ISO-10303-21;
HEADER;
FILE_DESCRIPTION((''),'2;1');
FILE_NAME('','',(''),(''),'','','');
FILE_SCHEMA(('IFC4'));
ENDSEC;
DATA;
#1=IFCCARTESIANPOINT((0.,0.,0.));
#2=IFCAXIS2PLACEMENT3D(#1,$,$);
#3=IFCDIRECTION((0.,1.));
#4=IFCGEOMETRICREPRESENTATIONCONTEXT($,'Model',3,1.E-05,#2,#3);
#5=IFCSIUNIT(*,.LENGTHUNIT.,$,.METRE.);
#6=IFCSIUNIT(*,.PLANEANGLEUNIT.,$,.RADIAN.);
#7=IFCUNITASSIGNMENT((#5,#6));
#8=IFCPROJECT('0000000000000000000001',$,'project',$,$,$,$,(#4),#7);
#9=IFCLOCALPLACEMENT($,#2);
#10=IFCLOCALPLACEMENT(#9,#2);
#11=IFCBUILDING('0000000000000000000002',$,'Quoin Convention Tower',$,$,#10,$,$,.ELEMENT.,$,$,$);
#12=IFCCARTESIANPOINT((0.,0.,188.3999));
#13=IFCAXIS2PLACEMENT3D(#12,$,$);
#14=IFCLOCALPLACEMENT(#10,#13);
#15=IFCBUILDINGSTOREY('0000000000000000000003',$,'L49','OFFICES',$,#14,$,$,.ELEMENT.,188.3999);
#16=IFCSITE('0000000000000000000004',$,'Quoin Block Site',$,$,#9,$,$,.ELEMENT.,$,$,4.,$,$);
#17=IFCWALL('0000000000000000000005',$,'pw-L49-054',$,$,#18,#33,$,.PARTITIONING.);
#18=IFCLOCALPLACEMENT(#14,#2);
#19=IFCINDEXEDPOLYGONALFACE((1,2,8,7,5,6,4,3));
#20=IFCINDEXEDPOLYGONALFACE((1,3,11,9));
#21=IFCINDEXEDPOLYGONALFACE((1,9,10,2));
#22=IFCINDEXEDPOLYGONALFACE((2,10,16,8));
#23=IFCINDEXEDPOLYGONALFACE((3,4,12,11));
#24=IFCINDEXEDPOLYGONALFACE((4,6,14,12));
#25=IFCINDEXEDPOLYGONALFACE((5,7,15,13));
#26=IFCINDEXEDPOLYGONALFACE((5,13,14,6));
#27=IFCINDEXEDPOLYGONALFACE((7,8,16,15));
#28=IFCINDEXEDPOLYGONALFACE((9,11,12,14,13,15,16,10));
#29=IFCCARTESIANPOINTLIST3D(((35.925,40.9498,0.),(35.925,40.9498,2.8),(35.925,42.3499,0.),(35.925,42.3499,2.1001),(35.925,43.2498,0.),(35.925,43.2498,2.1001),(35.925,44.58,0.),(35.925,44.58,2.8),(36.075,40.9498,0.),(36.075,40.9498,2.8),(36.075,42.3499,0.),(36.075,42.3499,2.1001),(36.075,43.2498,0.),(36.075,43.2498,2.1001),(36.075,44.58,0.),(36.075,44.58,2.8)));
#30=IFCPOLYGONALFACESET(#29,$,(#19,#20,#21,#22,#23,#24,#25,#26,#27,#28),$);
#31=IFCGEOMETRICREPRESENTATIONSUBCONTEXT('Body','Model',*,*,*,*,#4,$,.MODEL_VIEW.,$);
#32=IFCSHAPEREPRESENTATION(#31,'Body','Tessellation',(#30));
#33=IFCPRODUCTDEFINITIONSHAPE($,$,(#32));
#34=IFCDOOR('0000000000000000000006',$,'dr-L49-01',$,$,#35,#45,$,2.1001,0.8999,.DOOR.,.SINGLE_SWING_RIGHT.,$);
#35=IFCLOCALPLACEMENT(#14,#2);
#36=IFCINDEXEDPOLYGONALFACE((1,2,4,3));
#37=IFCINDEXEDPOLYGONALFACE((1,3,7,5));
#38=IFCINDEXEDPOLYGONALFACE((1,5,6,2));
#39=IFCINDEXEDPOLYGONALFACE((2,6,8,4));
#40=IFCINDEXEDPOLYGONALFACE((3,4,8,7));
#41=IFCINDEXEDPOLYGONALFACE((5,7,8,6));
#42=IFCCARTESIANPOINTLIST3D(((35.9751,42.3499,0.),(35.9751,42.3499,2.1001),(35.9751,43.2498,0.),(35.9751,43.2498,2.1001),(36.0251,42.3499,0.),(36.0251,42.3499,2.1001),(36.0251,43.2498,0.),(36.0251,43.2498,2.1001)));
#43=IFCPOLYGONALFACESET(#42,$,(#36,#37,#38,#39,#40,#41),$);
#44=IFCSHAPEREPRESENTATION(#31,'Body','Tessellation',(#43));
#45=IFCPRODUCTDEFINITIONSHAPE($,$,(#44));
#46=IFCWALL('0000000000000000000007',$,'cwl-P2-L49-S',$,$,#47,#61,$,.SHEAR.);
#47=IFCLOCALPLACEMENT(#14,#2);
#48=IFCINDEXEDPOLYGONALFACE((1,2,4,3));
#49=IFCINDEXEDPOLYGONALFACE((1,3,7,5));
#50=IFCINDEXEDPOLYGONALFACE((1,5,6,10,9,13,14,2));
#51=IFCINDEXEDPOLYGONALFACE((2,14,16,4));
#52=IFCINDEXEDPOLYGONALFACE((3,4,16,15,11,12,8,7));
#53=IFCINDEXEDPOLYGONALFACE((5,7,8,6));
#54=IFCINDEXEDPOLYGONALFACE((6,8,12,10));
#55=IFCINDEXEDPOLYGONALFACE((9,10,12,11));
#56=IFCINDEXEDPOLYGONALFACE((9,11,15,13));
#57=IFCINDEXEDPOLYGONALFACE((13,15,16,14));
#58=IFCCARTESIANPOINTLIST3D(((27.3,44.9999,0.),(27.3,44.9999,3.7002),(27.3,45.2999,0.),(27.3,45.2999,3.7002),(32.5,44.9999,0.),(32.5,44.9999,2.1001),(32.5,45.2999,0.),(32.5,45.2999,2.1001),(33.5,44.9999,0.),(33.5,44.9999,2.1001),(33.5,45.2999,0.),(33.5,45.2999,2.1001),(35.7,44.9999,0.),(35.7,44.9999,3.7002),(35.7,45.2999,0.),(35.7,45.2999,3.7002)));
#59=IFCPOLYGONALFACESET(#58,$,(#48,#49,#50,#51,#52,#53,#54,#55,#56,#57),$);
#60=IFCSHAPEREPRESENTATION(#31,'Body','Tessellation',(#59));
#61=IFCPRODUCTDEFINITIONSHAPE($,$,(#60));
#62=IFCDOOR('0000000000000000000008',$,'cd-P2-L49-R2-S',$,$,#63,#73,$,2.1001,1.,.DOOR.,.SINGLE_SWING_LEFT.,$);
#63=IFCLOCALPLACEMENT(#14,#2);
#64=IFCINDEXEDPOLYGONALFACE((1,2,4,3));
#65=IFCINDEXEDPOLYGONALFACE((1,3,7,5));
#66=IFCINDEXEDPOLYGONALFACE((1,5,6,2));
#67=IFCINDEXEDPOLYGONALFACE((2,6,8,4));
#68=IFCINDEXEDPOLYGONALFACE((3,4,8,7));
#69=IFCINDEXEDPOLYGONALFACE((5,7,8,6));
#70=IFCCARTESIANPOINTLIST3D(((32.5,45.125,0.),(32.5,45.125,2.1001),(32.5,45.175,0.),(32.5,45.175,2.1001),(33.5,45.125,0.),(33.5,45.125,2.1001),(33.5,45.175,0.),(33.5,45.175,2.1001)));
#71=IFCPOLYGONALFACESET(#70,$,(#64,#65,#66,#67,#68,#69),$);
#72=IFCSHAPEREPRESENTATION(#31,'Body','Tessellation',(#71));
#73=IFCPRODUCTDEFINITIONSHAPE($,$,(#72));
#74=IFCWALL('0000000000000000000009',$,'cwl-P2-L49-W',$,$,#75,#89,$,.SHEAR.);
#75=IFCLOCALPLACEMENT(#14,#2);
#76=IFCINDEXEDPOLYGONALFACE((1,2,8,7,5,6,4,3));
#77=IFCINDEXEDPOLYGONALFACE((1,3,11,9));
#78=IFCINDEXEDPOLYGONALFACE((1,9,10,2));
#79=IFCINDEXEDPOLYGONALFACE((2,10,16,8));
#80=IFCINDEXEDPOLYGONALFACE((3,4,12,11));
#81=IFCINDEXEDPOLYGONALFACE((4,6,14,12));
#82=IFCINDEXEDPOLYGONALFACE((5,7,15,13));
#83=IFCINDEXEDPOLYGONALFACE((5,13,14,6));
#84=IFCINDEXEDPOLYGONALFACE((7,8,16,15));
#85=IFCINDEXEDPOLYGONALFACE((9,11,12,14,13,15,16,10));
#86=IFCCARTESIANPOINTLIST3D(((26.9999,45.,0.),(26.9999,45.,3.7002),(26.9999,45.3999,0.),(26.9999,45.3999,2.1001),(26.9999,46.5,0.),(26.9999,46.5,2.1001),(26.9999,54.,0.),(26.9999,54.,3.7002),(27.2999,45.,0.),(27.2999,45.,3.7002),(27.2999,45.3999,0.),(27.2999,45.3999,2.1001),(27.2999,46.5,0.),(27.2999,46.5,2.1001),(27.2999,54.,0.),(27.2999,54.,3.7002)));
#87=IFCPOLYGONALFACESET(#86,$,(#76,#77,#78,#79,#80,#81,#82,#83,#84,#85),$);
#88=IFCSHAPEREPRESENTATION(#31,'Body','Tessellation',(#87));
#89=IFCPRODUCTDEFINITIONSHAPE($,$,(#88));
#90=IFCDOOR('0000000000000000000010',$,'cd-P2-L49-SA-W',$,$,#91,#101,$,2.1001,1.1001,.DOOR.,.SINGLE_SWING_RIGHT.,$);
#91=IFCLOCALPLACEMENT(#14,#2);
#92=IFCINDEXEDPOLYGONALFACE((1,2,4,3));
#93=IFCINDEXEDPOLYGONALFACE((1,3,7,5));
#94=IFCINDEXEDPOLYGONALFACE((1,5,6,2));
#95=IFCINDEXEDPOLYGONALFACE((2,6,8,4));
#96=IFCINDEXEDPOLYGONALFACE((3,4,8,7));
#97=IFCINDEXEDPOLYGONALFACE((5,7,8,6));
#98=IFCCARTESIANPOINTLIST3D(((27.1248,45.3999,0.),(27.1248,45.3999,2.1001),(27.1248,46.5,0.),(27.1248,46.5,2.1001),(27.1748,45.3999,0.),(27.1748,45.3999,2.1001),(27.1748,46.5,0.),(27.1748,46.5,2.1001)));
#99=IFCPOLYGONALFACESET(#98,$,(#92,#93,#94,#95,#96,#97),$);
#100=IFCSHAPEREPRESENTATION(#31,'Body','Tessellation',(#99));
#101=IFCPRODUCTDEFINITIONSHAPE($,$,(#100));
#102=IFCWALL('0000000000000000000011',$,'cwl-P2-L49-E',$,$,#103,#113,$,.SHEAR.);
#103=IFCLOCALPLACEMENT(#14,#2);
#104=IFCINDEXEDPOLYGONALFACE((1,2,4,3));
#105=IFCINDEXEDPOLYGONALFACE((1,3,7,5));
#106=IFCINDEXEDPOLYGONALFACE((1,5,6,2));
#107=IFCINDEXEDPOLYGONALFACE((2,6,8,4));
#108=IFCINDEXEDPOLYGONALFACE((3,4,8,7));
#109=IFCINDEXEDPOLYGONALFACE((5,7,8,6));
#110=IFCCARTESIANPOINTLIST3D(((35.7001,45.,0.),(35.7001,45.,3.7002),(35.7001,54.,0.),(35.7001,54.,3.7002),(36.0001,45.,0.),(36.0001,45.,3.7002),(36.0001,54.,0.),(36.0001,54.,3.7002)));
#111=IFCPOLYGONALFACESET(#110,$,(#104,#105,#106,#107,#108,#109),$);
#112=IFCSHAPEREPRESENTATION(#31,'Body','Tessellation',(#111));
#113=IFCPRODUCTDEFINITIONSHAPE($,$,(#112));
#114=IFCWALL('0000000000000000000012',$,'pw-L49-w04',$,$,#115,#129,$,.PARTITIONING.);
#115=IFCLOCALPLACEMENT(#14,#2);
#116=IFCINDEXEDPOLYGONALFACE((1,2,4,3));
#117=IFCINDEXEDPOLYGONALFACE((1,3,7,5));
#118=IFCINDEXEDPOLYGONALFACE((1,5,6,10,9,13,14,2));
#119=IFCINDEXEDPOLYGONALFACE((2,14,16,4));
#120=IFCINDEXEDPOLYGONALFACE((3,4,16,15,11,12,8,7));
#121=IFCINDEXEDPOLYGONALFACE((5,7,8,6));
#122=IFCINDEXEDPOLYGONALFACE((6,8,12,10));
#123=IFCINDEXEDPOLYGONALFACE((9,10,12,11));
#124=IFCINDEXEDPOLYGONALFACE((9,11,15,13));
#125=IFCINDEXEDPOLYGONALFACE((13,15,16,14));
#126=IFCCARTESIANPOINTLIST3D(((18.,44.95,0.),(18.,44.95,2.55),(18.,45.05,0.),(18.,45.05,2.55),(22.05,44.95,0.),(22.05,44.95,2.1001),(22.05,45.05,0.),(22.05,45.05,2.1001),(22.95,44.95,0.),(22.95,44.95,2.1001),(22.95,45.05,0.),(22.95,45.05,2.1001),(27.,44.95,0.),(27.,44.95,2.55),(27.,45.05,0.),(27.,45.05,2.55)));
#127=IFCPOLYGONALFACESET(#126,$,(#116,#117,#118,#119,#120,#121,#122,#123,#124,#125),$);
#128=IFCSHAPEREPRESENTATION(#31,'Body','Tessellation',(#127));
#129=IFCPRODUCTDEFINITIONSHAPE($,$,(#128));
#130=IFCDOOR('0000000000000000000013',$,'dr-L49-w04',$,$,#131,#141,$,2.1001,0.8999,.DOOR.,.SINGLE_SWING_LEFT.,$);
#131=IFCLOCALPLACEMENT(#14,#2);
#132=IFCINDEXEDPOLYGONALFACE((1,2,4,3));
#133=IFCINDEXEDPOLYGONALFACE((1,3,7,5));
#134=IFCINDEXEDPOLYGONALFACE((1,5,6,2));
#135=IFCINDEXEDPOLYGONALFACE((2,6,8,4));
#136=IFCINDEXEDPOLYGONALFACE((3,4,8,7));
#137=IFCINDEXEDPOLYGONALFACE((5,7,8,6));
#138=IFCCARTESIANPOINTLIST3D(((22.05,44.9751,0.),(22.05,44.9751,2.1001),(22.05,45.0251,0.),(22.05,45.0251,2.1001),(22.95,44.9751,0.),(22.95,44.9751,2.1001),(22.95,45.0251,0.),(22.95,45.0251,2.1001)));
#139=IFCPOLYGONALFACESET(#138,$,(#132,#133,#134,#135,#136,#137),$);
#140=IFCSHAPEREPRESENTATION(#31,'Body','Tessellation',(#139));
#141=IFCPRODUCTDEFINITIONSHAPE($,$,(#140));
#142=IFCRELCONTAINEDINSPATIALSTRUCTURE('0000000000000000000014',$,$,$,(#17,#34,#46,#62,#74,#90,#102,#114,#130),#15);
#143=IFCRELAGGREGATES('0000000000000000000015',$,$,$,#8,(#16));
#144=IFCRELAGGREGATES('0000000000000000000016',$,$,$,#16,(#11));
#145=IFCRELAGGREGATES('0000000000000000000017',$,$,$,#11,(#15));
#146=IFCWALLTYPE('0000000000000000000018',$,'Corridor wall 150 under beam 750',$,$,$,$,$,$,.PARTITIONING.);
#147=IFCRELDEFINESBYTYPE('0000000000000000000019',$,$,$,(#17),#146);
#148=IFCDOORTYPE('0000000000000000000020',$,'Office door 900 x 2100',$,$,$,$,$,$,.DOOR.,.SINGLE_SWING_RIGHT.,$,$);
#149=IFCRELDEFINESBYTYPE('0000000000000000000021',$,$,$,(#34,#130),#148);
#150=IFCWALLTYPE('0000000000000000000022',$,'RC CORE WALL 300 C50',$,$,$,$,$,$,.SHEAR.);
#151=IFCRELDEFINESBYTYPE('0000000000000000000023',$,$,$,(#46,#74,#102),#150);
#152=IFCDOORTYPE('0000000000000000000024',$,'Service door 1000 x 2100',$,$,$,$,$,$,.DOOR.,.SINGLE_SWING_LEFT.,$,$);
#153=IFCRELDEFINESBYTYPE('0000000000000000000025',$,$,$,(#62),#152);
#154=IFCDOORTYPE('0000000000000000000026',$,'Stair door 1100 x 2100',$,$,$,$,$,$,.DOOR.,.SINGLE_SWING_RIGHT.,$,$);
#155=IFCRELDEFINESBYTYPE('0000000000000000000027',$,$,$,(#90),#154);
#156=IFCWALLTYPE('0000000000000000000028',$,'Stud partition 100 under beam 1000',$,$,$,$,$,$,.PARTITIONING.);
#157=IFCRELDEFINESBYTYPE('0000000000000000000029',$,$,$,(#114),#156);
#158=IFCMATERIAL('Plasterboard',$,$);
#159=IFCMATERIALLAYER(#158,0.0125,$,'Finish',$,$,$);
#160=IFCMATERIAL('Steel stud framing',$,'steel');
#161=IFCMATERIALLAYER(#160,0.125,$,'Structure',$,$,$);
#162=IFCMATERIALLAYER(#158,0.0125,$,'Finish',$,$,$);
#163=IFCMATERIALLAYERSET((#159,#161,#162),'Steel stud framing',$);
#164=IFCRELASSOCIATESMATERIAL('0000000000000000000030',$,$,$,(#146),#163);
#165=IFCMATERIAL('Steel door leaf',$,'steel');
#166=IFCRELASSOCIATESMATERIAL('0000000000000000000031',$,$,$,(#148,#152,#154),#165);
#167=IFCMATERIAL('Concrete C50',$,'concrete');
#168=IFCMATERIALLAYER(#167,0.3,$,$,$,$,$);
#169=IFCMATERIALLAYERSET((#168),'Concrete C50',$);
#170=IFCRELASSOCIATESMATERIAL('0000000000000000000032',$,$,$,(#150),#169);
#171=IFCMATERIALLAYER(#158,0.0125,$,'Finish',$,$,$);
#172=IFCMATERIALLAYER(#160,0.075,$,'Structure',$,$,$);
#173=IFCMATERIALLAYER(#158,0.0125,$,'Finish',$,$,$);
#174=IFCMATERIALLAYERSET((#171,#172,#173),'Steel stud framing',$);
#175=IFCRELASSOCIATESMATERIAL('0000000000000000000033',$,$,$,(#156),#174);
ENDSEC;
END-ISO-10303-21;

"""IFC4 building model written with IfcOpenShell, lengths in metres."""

from ifc_helpers import new_model, si_unit, direction, frame, frame_2d, origin, place, context, subcontext, project, spatial, rectangle, extrude, material, layer, layer_set, type_object, element, fill, save


model = new_model("IFC4")

# Units and contexts
model_context = context("Model", 3, precision=1e-05, world=origin(), true_north=direction((0.0, 1.0)))
body_context = subcontext(model_context, "Body", "Model", "MODEL_VIEW")
ifc_project = project(units=[si_unit("LENGTHUNIT", "METRE"), si_unit("PLANEANGLEUNIT", "RADIAN")], contexts=[model_context])

# Site, building, storey
site_placement = place(None, origin())
site = spatial("IfcSite", under=ifc_project, at=site_placement, Name="Quoin Block Site", CompositionType="ELEMENT", RefElevation=4.0)
building_placement = place(site_placement, origin())
building = spatial("IfcBuilding", under=site, at=building_placement, Name="Quoin Convention Tower", CompositionType="ELEMENT")
storey_placement = place(building_placement, frame((0.0, 0.0, 188.3999)))
storey = spatial("IfcBuildingStorey", under=building, at=storey_placement, Name="L49", Description="OFFICES", CompositionType="ELEMENT", Elevation=188.3999)

# Shared definitions
ifc_material_1 = material(Name="Concrete C50", Category="concrete")

# Walls, openings, doors
ifc_material_2 = material(Name="Plasterboard")
ifc_layer_1 = layer(ifc_material_2, 0.0125, Name="Finish")
ifc_material_3 = material(Name="Steel stud framing", Category="steel")
ifc_layer_2 = layer(ifc_material_3, 0.125, Name="Structure")
ifc_layer_3 = layer(ifc_material_2, 0.0125, Name="Finish")
ifc_layer_set_1 = layer_set([ifc_layer_1, ifc_layer_2, ifc_layer_3], Name="Steel stud framing")
wall_type_1 = type_object("IfcWallType", Name="Corridor wall 150 under beam 750", PredefinedType="PARTITIONING", material=ifc_layer_set_1)
wall_1_placement = place(storey_placement, frame((36.0, 40.95, 0.0), z_axis=(0.0, 0.0, 1.0), x_axis=(0.0, 1.0, 0.0)))
wall_1 = element("IfcWall", 1, at=wall_1_placement, inside=storey, type_object=wall_type_1, Name="pw-L49-054", PredefinedType="PARTITIONING", context=body_context, shape_type="SweptSolid", body=[
    extrude(rectangle(XDim=3.6301, YDim=0.1499, at=frame_2d((1.8149, 0.0))), origin(), (0.0, 0.0, 1.0), 2.8),
])
opening_1_placement = place(wall_1_placement, frame((1.3999, 0.0, 0.0)))
opening_1 = element("IfcOpeningElement", 2, at=opening_1_placement, cuts=wall_1, PredefinedType="OPENING", context=body_context, shape_type="SweptSolid", body=[
    extrude(rectangle(XDim=0.8999, YDim=2.1001, at=frame_2d((0.45, 1.05))), frame((0.0, 0.085, 0.0), z_axis=(0.0, -1.0, 0.0), x_axis=(1.0, 0.0, 0.0)), (0.0, 0.0, 1.0), 0.1699),
])
ifc_material_4 = material(Name="Steel door leaf", Category="steel")
door_type_1 = type_object("IfcDoorType", Name="Office door 900 x 2100", OperationType="SINGLE_SWING_RIGHT", PredefinedType="DOOR", material=ifc_material_4)
door_1_placement = place(opening_1_placement, origin())
door_1 = element("IfcDoor", 3, at=door_1_placement, inside=storey, type_object=door_type_1, Name="dr-L49-01", OperationType="SINGLE_SWING_RIGHT", OverallHeight=2.1001, OverallWidth=0.8999, PredefinedType="DOOR", context=body_context, shape_type="SweptSolid", body=[
    extrude(rectangle(XDim=0.8999, YDim=2.1001, at=frame_2d((0.45, 1.05))), frame((0.0, 0.0249, 0.0), z_axis=(0.0, -1.0, 0.0), x_axis=(1.0, 0.0, 0.0)), (0.0, 0.0, 1.0), 0.05),
])
fill(opening_1, door_1)
ifc_layer_4 = layer(ifc_material_1, 0.3)
ifc_layer_set_2 = layer_set([ifc_layer_4], Name="Concrete C50")
wall_type_2 = type_object("IfcWallType", Name="RC CORE WALL 300 C50", PredefinedType="SHEAR", material=ifc_layer_set_2)
wall_2_placement = place(storey_placement, frame((27.3, 45.1499, 0.0), z_axis=(0.0, 0.0, 1.0), x_axis=(1.0, 0.0, 0.0)))
wall_2 = element("IfcWall", 4, at=wall_2_placement, inside=storey, type_object=wall_type_2, Name="cwl-P2-L49-S", PredefinedType="SHEAR", context=body_context, shape_type="SweptSolid", body=[
    extrude(rectangle(XDim=8.3999, YDim=0.3, at=frame_2d((4.2, 0.0))), origin(), (0.0, 0.0, 1.0), 3.7002),
])
opening_2_placement = place(wall_2_placement, frame((5.2, 0.0, 0.0)))
opening_2 = element("IfcOpeningElement", 5, at=opening_2_placement, cuts=wall_2, PredefinedType="OPENING", context=body_context, shape_type="SweptSolid", body=[
    extrude(rectangle(XDim=1.0, YDim=2.1001, at=frame_2d((0.5, 1.05))), frame((0.0, 0.1599, 0.0), z_axis=(0.0, -1.0, 0.0), x_axis=(1.0, 0.0, 0.0)), (0.0, 0.0, 1.0), 0.3201),
])
door_type_2 = type_object("IfcDoorType", Name="Service door 1000 x 2100", OperationType="SINGLE_SWING_LEFT", PredefinedType="DOOR", material=ifc_material_4)
door_2_placement = place(opening_2_placement, frame((1.0, 0.0, 0.0), z_axis=(0.0, 0.0, 1.0), x_axis=(-1.0, 0.0, 0.0)))
door_2 = element("IfcDoor", 6, at=door_2_placement, inside=storey, type_object=door_type_2, Name="cd-P2-L49-R2-S", OperationType="SINGLE_SWING_LEFT", OverallHeight=2.1001, OverallWidth=1.0, PredefinedType="DOOR", context=body_context, shape_type="SweptSolid", body=[
    extrude(rectangle(XDim=1.0, YDim=2.1001, at=frame_2d((0.5, 1.05))), frame((0.0, 0.0249, 0.0), z_axis=(0.0, -1.0, 0.0), x_axis=(1.0, 0.0, 0.0)), (0.0, 0.0, 1.0), 0.05),
])
fill(opening_2, door_2)
wall_3_placement = place(storey_placement, frame((27.1499, 45.0, 0.0), z_axis=(0.0, 0.0, 1.0), x_axis=(0.0, 1.0, 0.0)))
wall_3 = element("IfcWall", 7, at=wall_3_placement, inside=storey, type_object=wall_type_2, Name="cwl-P2-L49-W", PredefinedType="SHEAR", context=body_context, shape_type="SweptSolid", body=[
    extrude(rectangle(XDim=9.0, YDim=0.3, at=frame_2d((4.5, 0.0))), origin(), (0.0, 0.0, 1.0), 3.7002),
])
opening_3_placement = place(wall_3_placement, frame((0.3999, 0.0, 0.0)))
opening_3 = element("IfcOpeningElement", 8, at=opening_3_placement, cuts=wall_3, PredefinedType="OPENING", context=body_context, shape_type="SweptSolid", body=[
    extrude(rectangle(XDim=1.1001, YDim=2.1001, at=frame_2d((0.55, 1.05))), frame((0.0, 0.1599, 0.0), z_axis=(0.0, -1.0, 0.0), x_axis=(1.0, 0.0, 0.0)), (0.0, 0.0, 1.0), 0.3201),
])
door_type_3 = type_object("IfcDoorType", Name="Stair door 1100 x 2100", OperationType="SINGLE_SWING_RIGHT", PredefinedType="DOOR", material=ifc_material_4)
door_3_placement = place(opening_3_placement, frame((1.1001, 0.0, 0.0), z_axis=(0.0, 0.0, 1.0), x_axis=(-1.0, 0.0, 0.0)))
door_3 = element("IfcDoor", 9, at=door_3_placement, inside=storey, type_object=door_type_3, Name="cd-P2-L49-SA-W", OperationType="SINGLE_SWING_RIGHT", OverallHeight=2.1001, OverallWidth=1.1001, PredefinedType="DOOR", context=body_context, shape_type="SweptSolid", body=[
    extrude(rectangle(XDim=1.1001, YDim=2.1001, at=frame_2d((0.55, 1.05))), frame((0.0, 0.0249, 0.0), z_axis=(0.0, -1.0, 0.0), x_axis=(1.0, 0.0, 0.0)), (0.0, 0.0, 1.0), 0.05),
])
fill(opening_3, door_3)

# Wall
wall_4_placement = place(storey_placement, frame((35.8501, 45.0, 0.0), z_axis=(0.0, 0.0, 1.0), x_axis=(0.0, 1.0, 0.0)))
element("IfcWall", 10, at=wall_4_placement, inside=storey, type_object=wall_type_2, Name="cwl-P2-L49-E", PredefinedType="SHEAR", context=body_context, shape_type="SweptSolid", body=[
    extrude(rectangle(XDim=9.0, YDim=0.3, at=frame_2d((4.5, 0.0))), origin(), (0.0, 0.0, 1.0), 3.7002),
])

# Wall, opening, door
ifc_layer_5 = layer(ifc_material_2, 0.0125, Name="Finish")
ifc_layer_6 = layer(ifc_material_3, 0.075, Name="Structure")
ifc_layer_7 = layer(ifc_material_2, 0.0125, Name="Finish")
ifc_layer_set_3 = layer_set([ifc_layer_5, ifc_layer_6, ifc_layer_7], Name="Steel stud framing")
wall_type_3 = type_object("IfcWallType", Name="Stud partition 100 under beam 1000", PredefinedType="PARTITIONING", material=ifc_layer_set_3)
wall_5_placement = place(storey_placement, frame((18.0, 45.0, 0.0), z_axis=(0.0, 0.0, 1.0), x_axis=(1.0, 0.0, 0.0)))
wall_5 = element("IfcWall", 11, at=wall_5_placement, inside=storey, type_object=wall_type_3, Name="pw-L49-w04", PredefinedType="PARTITIONING", context=body_context, shape_type="SweptSolid", body=[
    extrude(rectangle(XDim=9.0, YDim=0.1001, at=frame_2d((4.5, 0.0))), origin(), (0.0, 0.0, 1.0), 2.55),
])
opening_4_placement = place(wall_5_placement, frame((4.05, 0.0, 0.0)))
opening_4 = element("IfcOpeningElement", 12, at=opening_4_placement, cuts=wall_5, PredefinedType="OPENING", context=body_context, shape_type="SweptSolid", body=[
    extrude(rectangle(XDim=0.8999, YDim=2.1001, at=frame_2d((0.45, 1.05))), frame((0.0, 0.0601, 0.0), z_axis=(0.0, -1.0, 0.0), x_axis=(1.0, 0.0, 0.0)), (0.0, 0.0, 1.0), 0.1201),
])
door_4_placement = place(opening_4_placement, frame((0.8999, 0.0, 0.0), z_axis=(0.0, 0.0, 1.0), x_axis=(-1.0, 0.0, 0.0)))
door_4 = element("IfcDoor", 13, at=door_4_placement, inside=storey, type_object=door_type_1, Name="dr-L49-w04", OperationType="SINGLE_SWING_LEFT", OverallHeight=2.1001, OverallWidth=0.8999, PredefinedType="DOOR", context=body_context, shape_type="SweptSolid", body=[
    extrude(rectangle(XDim=0.8999, YDim=2.1001, at=frame_2d((0.45, 1.05))), frame((0.0, 0.0249, 0.0), z_axis=(0.0, -1.0, 0.0), x_axis=(1.0, 0.0, 0.0)), (0.0, 0.0, 1.0), 0.05),
])
fill(opening_4, door_4)

save(model, "model.ifc")
